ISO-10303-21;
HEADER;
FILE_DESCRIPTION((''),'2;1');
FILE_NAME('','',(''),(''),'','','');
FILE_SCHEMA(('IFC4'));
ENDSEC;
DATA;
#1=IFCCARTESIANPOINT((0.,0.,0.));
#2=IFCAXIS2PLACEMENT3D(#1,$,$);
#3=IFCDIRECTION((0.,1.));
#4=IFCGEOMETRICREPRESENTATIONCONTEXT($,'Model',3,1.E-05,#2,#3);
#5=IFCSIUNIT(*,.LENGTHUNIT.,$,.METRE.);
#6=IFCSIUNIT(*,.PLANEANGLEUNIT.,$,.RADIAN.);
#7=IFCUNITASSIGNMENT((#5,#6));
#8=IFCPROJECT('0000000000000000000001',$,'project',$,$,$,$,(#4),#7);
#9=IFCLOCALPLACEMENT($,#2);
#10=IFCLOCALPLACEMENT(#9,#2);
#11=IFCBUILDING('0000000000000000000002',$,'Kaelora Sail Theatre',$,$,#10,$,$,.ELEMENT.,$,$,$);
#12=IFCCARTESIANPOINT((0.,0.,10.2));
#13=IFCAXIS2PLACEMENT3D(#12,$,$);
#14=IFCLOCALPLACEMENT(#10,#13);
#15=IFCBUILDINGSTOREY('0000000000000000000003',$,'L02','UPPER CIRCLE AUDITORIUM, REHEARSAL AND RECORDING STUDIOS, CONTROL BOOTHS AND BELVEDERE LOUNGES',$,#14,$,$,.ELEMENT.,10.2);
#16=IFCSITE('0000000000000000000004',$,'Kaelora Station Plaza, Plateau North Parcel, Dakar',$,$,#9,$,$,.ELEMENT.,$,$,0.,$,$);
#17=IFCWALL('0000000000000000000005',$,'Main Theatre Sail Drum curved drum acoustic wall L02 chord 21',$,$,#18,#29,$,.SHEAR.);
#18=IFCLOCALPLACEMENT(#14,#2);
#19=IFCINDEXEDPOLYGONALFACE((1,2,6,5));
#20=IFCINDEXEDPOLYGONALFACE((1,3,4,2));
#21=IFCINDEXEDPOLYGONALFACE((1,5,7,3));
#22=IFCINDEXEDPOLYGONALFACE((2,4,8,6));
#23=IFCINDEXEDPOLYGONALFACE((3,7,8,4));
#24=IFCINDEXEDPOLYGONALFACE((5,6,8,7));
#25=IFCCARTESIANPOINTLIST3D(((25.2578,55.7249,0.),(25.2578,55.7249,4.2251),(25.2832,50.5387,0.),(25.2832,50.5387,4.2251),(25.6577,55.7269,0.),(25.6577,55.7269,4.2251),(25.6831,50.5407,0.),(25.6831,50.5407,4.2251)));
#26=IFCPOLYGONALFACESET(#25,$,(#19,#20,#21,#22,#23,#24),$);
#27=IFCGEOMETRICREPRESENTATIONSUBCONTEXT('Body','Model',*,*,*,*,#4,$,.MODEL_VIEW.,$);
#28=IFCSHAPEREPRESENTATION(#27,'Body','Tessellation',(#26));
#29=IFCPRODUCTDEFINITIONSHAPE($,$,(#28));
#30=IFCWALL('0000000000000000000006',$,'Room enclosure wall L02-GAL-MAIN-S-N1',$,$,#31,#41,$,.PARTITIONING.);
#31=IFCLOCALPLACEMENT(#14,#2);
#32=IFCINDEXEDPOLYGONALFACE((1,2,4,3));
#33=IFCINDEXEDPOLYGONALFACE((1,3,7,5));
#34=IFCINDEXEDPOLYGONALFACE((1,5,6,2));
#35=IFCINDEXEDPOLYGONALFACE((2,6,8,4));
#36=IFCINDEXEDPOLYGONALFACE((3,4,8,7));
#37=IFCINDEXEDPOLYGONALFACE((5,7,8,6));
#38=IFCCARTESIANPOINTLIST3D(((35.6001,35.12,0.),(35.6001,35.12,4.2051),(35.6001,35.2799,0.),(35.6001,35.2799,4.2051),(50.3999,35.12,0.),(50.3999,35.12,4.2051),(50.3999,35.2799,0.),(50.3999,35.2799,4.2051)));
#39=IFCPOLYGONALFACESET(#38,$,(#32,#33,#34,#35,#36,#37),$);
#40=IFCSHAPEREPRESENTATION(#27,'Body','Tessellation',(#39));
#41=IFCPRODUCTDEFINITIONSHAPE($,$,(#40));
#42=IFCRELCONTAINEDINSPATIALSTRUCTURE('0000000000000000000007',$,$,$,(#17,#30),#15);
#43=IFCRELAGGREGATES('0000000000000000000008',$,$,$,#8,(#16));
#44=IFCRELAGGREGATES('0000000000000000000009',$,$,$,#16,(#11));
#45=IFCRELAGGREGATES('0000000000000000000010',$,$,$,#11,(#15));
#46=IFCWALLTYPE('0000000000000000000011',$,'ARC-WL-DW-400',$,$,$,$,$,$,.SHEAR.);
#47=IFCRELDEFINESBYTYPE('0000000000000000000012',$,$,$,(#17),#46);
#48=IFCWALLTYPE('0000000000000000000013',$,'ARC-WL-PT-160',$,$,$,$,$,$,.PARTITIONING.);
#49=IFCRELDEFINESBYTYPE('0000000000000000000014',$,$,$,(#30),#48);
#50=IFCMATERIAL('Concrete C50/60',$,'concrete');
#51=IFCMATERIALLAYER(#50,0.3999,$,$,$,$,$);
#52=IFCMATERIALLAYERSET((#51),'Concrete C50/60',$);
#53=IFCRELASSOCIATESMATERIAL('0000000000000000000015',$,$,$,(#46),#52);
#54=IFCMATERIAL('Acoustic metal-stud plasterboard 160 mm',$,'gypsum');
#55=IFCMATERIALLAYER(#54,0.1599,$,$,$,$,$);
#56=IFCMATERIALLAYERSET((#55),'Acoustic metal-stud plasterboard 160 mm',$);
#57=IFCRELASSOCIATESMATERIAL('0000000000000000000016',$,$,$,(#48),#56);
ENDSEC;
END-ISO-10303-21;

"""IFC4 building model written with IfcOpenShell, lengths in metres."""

from ifc_helpers import new_model, si_unit, direction, frame, frame_2d, origin, place, context, subcontext, project, spatial, rectangle, extrude, material, layer, layer_set, type_object, element, save


model = new_model("IFC4")

# Units and contexts
model_context = context("Model", 3, precision=1e-05, world=origin(), true_north=direction((0.0, 1.0)))
body_context = subcontext(model_context, "Body", "Model", "MODEL_VIEW")
ifc_project = project(units=[si_unit("LENGTHUNIT", "METRE"), si_unit("PLANEANGLEUNIT", "RADIAN")], contexts=[model_context])

# Site, building, storey
site_placement = place(None, origin())
site = spatial("IfcSite", under=ifc_project, at=site_placement, Name="Kaelora Station Plaza, Plateau North Parcel, Dakar", CompositionType="ELEMENT", RefElevation=0.0)
building_placement = place(site_placement, origin())
building = spatial("IfcBuilding", under=site, at=building_placement, Name="Kaelora Sail Theatre", CompositionType="ELEMENT")
storey_placement = place(building_placement, frame((0.0, 0.0, 10.2)))
storey = spatial("IfcBuildingStorey", under=building, at=storey_placement, Name="L02", Description="UPPER CIRCLE AUDITORIUM, REHEARSAL AND RECORDING STUDIOS, CONTROL BOOTHS AND BELVEDERE LOUNGES", CompositionType="ELEMENT", Elevation=10.2)

# Walls
ifc_material_1 = material(Name="Concrete C50/60", Category="concrete")
ifc_layer_1 = layer(ifc_material_1, 0.3999)
ifc_layer_set_1 = layer_set([ifc_layer_1], Name="Concrete C50/60")
wall_type_1 = type_object("IfcWallType", Name="ARC-WL-DW-400", PredefinedType="SHEAR", material=ifc_layer_set_1)
wall_1_placement = place(storey_placement, frame((25.4832, 50.5396, 0.0), z_axis=(0.0, 0.0, 1.0), x_axis=(-0.004896, 0.999988, 0.0)))
element("IfcWall", 1, at=wall_1_placement, inside=storey, type_object=wall_type_1, Name="Main Theatre Sail Drum curved drum acoustic wall L02 chord 21", PredefinedType="SHEAR", context=body_context, shape_type="SweptSolid", body=[
    extrude(rectangle(XDim=5.1863, YDim=0.3999, at=frame_2d((2.5933, 0.0))), origin(), (0.0, 0.0, 1.0), 4.2251),
])
ifc_material_2 = material(Name="Acoustic metal-stud plasterboard 160 mm", Category="gypsum")
ifc_layer_2 = layer(ifc_material_2, 0.1599)
ifc_layer_set_2 = layer_set([ifc_layer_2], Name="Acoustic metal-stud plasterboard 160 mm")
wall_type_2 = type_object("IfcWallType", Name="ARC-WL-PT-160", PredefinedType="PARTITIONING", material=ifc_layer_set_2)
wall_2_placement = place(storey_placement, frame((35.6001, 35.2, 0.0), z_axis=(0.0, 0.0, 1.0), x_axis=(1.0, 0.0, 0.0)))
element("IfcWall", 2, at=wall_2_placement, inside=storey, type_object=wall_type_2, Name="Room enclosure wall L02-GAL-MAIN-S-N1", PredefinedType="PARTITIONING", context=body_context, shape_type="SweptSolid", body=[
    extrude(rectangle(XDim=14.7998, YDim=0.1599, at=frame_2d((7.3999, 0.0))), origin(), (0.0, 0.0, 1.0), 4.2051),
])

save(model, "model.ifc")
